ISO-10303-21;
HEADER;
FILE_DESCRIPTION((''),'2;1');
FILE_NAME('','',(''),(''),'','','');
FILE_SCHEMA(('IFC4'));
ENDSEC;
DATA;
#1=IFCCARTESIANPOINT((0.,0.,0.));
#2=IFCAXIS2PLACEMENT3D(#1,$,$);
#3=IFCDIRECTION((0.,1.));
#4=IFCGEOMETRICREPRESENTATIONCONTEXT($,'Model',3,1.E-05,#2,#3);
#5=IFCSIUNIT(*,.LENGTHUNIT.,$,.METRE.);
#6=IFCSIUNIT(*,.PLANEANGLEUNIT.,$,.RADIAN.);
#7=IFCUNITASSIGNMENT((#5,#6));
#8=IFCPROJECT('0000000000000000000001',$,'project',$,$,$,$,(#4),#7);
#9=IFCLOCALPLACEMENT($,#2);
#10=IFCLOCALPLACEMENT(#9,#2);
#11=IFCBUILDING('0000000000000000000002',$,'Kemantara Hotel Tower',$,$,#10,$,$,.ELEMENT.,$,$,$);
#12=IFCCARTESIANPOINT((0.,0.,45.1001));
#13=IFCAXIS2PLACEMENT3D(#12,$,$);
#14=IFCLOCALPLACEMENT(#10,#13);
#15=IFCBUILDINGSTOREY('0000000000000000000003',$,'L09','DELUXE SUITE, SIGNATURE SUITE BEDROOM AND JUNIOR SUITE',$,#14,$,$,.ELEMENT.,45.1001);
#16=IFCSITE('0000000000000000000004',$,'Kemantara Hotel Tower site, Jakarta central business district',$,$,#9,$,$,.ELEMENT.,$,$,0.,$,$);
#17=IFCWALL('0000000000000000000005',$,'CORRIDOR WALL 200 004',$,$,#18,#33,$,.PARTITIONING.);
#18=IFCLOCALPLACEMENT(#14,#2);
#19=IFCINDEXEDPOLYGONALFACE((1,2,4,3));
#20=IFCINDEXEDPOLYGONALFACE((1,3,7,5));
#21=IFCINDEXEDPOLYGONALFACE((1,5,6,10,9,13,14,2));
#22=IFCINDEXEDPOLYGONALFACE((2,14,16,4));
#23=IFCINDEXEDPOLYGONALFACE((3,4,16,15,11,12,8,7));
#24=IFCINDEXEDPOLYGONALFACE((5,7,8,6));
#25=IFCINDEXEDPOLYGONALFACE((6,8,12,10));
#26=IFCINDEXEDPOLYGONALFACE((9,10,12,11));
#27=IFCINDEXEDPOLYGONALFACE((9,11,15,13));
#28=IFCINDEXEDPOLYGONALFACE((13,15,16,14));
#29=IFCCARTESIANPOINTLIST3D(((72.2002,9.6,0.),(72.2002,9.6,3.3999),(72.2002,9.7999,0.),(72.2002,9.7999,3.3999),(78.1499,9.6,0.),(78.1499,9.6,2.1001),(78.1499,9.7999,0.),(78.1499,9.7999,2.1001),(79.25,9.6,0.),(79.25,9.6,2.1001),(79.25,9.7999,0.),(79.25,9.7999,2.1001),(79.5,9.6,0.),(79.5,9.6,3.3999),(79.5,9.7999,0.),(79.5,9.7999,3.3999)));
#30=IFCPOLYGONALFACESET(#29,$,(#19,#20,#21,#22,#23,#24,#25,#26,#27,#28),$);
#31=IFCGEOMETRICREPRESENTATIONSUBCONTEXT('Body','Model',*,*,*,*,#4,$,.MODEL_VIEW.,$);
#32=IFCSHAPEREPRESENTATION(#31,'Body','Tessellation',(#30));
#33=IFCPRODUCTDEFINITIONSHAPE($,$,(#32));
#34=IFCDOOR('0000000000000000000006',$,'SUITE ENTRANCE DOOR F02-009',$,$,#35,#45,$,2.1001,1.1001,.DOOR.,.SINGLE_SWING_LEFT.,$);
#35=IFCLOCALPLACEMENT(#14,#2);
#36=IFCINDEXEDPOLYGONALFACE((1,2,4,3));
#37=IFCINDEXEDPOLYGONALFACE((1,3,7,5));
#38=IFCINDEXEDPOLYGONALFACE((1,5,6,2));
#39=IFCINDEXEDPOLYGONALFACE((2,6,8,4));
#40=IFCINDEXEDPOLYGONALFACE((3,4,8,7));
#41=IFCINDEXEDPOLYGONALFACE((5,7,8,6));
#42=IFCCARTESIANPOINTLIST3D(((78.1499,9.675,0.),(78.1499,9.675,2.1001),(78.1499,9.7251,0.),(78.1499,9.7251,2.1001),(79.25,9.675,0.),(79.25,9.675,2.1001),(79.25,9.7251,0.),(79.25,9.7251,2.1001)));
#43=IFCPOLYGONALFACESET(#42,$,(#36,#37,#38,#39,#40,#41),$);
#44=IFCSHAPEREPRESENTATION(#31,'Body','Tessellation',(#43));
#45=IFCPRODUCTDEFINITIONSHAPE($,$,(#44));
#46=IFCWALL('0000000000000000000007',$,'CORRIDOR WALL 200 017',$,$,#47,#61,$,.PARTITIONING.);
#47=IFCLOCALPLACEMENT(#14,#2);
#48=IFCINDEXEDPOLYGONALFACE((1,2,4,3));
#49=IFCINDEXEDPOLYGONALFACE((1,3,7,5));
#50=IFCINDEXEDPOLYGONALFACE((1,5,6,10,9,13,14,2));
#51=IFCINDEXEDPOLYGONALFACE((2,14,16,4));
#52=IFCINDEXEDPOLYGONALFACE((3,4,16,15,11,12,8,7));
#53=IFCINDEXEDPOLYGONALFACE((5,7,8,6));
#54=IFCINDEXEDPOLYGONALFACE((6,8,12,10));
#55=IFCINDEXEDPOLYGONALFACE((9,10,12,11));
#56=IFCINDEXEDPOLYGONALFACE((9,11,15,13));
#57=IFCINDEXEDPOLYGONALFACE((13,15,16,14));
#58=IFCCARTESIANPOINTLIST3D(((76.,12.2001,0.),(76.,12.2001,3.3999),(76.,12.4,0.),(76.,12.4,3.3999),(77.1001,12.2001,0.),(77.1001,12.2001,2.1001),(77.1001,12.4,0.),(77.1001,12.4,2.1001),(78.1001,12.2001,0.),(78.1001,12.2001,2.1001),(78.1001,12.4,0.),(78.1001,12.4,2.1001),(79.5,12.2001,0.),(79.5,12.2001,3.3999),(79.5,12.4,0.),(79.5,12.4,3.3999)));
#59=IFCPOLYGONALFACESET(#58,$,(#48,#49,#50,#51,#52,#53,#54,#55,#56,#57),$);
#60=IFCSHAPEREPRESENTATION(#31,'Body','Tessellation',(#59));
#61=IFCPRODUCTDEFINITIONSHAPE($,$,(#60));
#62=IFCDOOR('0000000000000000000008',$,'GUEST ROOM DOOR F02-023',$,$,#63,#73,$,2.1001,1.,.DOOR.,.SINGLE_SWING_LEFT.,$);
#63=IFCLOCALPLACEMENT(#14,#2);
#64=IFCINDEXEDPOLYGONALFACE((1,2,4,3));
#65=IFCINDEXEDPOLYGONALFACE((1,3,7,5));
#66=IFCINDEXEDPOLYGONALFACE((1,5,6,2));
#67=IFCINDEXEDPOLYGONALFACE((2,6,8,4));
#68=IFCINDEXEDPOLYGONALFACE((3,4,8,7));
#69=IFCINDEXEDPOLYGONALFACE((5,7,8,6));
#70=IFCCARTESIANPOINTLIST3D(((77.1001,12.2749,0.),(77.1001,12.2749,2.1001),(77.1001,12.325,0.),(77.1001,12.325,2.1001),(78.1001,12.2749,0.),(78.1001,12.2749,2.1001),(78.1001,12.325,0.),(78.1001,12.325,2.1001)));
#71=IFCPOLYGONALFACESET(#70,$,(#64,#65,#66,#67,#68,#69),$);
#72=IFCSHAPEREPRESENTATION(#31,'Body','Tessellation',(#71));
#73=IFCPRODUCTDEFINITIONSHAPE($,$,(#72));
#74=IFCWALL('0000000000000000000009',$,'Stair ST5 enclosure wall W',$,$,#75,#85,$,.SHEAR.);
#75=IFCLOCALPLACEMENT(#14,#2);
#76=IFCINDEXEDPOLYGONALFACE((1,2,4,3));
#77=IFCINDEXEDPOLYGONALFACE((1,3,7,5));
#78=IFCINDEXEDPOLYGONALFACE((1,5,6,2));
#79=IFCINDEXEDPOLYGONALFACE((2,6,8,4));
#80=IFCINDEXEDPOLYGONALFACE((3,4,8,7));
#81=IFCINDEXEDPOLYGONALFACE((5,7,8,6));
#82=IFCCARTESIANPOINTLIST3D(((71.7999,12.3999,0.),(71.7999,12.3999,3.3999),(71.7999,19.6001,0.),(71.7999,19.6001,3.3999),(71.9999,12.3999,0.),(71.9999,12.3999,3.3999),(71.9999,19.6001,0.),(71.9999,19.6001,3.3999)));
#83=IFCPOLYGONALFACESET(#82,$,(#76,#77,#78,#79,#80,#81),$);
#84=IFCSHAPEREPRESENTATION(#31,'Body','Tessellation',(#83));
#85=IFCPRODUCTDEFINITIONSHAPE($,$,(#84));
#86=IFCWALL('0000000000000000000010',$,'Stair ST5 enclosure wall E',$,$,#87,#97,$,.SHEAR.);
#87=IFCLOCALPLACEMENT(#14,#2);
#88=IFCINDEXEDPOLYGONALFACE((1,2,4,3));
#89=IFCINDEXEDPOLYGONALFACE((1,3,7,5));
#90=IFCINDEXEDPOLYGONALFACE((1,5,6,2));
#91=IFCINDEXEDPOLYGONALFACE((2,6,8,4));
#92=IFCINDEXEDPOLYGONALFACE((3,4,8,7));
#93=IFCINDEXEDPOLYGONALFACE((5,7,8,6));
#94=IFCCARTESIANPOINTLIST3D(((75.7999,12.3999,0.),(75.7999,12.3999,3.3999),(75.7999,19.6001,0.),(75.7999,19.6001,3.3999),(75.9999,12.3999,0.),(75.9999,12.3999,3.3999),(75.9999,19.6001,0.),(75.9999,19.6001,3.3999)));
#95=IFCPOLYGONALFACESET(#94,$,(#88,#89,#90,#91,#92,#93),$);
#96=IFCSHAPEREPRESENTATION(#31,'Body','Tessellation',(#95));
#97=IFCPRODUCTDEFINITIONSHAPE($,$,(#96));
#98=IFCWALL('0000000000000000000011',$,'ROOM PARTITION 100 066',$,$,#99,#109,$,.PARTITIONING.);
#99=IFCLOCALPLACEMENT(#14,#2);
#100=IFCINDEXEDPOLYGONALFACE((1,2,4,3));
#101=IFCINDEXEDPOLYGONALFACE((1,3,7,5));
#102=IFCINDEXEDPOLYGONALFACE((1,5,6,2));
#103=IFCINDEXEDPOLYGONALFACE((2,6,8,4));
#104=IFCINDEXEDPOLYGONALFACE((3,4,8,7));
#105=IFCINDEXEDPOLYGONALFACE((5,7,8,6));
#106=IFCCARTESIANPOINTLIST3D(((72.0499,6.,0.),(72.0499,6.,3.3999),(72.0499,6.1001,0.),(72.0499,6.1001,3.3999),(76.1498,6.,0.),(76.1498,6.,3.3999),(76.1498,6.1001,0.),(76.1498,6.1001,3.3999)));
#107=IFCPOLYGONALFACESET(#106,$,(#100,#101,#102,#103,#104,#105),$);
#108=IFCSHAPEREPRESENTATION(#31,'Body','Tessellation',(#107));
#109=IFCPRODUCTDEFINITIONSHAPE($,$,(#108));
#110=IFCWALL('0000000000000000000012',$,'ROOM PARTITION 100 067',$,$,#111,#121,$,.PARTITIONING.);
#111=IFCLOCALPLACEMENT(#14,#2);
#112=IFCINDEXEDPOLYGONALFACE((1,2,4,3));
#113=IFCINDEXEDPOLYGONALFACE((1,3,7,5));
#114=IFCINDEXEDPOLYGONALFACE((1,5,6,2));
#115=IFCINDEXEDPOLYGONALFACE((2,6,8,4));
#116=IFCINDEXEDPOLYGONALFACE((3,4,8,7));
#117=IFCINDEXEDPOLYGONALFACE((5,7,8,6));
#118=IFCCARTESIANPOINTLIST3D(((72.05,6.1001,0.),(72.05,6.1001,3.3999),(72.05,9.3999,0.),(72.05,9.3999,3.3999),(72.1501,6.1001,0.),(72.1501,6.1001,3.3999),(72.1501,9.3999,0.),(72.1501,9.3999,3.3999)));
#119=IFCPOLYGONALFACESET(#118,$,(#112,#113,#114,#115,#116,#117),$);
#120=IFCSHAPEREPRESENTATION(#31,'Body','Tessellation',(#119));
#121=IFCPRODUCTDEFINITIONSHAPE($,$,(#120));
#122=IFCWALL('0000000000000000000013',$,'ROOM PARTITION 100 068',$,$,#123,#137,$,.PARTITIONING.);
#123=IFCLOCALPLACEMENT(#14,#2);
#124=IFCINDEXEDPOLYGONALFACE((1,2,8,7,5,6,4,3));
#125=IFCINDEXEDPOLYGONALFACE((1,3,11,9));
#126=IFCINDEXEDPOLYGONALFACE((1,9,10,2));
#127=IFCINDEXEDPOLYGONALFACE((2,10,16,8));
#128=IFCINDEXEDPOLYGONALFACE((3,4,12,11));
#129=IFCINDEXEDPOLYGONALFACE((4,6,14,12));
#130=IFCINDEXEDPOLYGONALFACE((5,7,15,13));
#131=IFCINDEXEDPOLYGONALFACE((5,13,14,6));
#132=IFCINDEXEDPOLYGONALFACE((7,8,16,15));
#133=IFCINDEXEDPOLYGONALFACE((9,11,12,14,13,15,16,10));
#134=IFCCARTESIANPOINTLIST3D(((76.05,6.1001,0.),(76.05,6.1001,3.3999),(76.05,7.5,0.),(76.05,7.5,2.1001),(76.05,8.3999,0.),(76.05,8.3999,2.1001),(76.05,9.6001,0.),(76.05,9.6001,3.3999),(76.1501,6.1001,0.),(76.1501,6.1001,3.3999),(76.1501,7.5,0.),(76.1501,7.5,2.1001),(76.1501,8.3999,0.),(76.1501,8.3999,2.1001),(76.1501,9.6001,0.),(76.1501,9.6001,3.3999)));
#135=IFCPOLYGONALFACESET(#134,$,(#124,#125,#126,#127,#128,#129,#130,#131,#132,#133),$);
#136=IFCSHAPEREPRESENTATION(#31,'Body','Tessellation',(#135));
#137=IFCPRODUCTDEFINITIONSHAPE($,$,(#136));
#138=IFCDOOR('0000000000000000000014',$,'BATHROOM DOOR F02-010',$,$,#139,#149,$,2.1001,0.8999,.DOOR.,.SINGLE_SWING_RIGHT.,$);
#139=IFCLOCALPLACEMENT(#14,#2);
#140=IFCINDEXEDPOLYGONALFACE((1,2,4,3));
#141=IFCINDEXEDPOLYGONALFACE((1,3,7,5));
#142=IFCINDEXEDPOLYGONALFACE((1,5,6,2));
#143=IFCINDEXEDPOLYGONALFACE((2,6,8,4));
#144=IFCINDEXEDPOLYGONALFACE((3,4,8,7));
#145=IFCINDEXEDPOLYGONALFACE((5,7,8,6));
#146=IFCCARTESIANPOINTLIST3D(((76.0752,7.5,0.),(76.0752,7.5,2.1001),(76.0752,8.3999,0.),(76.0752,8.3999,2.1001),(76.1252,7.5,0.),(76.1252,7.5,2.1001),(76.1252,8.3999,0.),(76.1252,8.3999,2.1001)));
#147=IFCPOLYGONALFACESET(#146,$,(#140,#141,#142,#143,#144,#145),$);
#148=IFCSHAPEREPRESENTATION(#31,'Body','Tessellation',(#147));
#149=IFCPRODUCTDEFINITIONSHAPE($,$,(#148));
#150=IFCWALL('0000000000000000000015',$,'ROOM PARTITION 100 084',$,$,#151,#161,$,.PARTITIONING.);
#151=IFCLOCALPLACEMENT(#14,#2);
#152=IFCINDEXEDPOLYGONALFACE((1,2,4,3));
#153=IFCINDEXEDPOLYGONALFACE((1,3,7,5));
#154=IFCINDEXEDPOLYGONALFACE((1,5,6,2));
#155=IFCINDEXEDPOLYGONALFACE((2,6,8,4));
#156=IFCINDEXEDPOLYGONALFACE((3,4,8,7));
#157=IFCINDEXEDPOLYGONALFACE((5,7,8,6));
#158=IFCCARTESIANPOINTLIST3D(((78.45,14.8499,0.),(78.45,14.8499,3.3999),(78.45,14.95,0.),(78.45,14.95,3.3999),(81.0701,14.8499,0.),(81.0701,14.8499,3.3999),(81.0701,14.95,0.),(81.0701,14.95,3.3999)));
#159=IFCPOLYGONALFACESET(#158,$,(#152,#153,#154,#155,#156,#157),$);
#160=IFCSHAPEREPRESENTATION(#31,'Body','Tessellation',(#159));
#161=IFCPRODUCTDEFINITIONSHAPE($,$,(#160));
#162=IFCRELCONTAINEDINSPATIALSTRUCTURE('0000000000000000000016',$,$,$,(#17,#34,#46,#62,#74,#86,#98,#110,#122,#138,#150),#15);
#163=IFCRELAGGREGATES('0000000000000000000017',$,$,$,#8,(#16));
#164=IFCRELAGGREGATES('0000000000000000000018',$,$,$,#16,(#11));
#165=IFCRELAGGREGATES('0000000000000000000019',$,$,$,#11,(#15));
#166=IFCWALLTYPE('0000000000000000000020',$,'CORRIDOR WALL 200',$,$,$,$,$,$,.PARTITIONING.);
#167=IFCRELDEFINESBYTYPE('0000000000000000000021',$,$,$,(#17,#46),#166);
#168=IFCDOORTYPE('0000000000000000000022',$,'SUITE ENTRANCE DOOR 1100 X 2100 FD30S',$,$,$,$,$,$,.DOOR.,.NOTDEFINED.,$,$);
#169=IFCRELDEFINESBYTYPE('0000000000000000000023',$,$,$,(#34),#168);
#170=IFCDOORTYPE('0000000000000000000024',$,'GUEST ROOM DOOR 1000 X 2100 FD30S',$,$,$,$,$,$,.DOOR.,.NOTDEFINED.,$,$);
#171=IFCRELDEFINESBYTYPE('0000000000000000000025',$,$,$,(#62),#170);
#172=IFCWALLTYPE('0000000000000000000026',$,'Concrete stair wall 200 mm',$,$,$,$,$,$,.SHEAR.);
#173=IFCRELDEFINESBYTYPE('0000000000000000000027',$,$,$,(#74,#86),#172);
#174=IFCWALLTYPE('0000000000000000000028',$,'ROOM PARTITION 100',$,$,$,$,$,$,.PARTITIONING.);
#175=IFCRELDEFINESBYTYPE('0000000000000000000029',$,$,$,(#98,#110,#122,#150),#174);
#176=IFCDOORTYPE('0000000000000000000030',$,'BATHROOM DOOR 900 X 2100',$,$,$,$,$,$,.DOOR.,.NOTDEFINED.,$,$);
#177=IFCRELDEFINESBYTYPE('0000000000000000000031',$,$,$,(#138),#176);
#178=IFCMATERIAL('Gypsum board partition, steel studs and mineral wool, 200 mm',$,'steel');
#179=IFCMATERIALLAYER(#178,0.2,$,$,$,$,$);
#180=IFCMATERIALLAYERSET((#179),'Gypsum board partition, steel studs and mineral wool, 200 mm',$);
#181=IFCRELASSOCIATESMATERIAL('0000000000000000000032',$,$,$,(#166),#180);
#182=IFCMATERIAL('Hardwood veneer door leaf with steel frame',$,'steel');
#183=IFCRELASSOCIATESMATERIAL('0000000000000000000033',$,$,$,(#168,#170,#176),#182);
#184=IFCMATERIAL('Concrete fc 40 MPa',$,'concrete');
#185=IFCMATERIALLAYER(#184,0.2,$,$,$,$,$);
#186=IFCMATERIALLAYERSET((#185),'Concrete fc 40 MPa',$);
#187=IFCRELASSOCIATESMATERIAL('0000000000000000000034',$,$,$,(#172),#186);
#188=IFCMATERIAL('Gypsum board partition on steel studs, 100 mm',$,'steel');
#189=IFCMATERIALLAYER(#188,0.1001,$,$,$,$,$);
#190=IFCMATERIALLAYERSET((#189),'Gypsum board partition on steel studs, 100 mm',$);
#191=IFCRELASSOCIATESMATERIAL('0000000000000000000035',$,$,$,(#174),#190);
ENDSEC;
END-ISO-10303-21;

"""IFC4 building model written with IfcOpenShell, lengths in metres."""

from ifc_helpers import new_model, si_unit, direction, frame, frame_2d, origin, place, context, subcontext, project, spatial, rectangle, extrude, material, layer, layer_set, type_object, element, fill, save


model = new_model("IFC4")

# Units and contexts
model_context = context("Model", 3, precision=1e-05, world=origin(), true_north=direction((0.0, 1.0)))
body_context = subcontext(model_context, "Body", "Model", "MODEL_VIEW")
ifc_project = project(units=[si_unit("LENGTHUNIT", "METRE"), si_unit("PLANEANGLEUNIT", "RADIAN")], contexts=[model_context])

# Site, building, storey
site_placement = place(None, origin())
site = spatial("IfcSite", under=ifc_project, at=site_placement, Name="Kemantara Hotel Tower site, Jakarta central business district", CompositionType="ELEMENT", RefElevation=0.0)
building_placement = place(site_placement, origin())
building = spatial("IfcBuilding", under=site, at=building_placement, Name="Kemantara Hotel Tower", CompositionType="ELEMENT")
storey_placement = place(building_placement, frame((0.0, 0.0, 45.1001)))
storey = spatial("IfcBuildingStorey", under=building, at=storey_placement, Name="L09", Description="DELUXE SUITE, SIGNATURE SUITE BEDROOM AND JUNIOR SUITE", CompositionType="ELEMENT", Elevation=45.1001)

# Walls, openings, doors
ifc_material_1 = material(Name="Gypsum board partition, steel studs and mineral wool, 200 mm", Category="steel")
ifc_layer_1 = layer(ifc_material_1, 0.2)
ifc_layer_set_1 = layer_set([ifc_layer_1], Name="Gypsum board partition, steel studs and mineral wool, 200 mm")
wall_type_1 = type_object("IfcWallType", Name="CORRIDOR WALL 200", PredefinedType="PARTITIONING", material=ifc_layer_set_1)
wall_1_placement = place(storey_placement, frame((79.5, 9.7, 0.0), z_axis=(0.0, 0.0, 1.0), x_axis=(-1.0, 0.0, 0.0)))
wall_1 = element("IfcWall", 1, at=wall_1_placement, inside=storey, type_object=wall_type_1, Name="CORRIDOR WALL 200 004", PredefinedType="PARTITIONING", context=body_context, shape_type="SweptSolid", body=[
    extrude(rectangle(XDim=7.2998, YDim=0.2, at=frame_2d((3.6499, 0.0))), origin(), (0.0, 0.0, 1.0), 3.3999),
])
opening_1_placement = place(wall_1_placement, frame((0.25, 0.0, 0.0)))
opening_1 = element("IfcOpeningElement", 2, at=opening_1_placement, cuts=wall_1, PredefinedType="OPENING", context=body_context, shape_type="SweptSolid", body=[
    extrude(rectangle(XDim=1.1001, YDim=2.1001, at=frame_2d((0.55, 1.05))), frame((0.0, 0.1099, 0.0), z_axis=(0.0, -1.0, 0.0), x_axis=(1.0, 0.0, 0.0)), (0.0, 0.0, 1.0), 0.22),
])
ifc_material_2 = material(Name="Hardwood veneer door leaf with steel frame", Category="steel")
door_type_1 = type_object("IfcDoorType", Name="SUITE ENTRANCE DOOR 1100 X 2100 FD30S", OperationType="NOTDEFINED", PredefinedType="DOOR", material=ifc_material_2)
door_1_placement = place(opening_1_placement, origin())
door_1 = element("IfcDoor", 3, at=door_1_placement, inside=storey, type_object=door_type_1, Name="SUITE ENTRANCE DOOR F02-009", OperationType="SINGLE_SWING_LEFT", OverallHeight=2.1001, OverallWidth=1.1001, PredefinedType="DOOR", context=body_context, shape_type="SweptSolid", body=[
    extrude(rectangle(XDim=1.1001, YDim=2.1001, at=frame_2d((0.55, 1.05))), frame((0.0, 0.0249, 0.0), z_axis=(0.0, -1.0, 0.0), x_axis=(1.0, 0.0, 0.0)), (0.0, 0.0, 1.0), 0.05),
])
fill(opening_1, door_1)
wall_2_placement = place(storey_placement, frame((76.0, 12.3, 0.0), z_axis=(0.0, 0.0, 1.0), x_axis=(1.0, 0.0, 0.0)))
wall_2 = element("IfcWall", 4, at=wall_2_placement, inside=storey, type_object=wall_type_1, Name="CORRIDOR WALL 200 017", PredefinedType="PARTITIONING", context=body_context, shape_type="SweptSolid", body=[
    extrude(rectangle(XDim=3.5, YDim=0.2, at=frame_2d((1.75, 0.0))), origin(), (0.0, 0.0, 1.0), 3.3999),
])
opening_2_placement = place(wall_2_placement, frame((1.1001, 0.0, 0.0)))
opening_2 = element("IfcOpeningElement", 5, at=opening_2_placement, cuts=wall_2, PredefinedType="OPENING", context=body_context, shape_type="SweptSolid", body=[
    extrude(rectangle(XDim=1.0, YDim=2.1001, at=frame_2d((0.5, 1.05))), frame((0.0, 0.1099, 0.0), z_axis=(0.0, -1.0, 0.0), x_axis=(1.0, 0.0, 0.0)), (0.0, 0.0, 1.0), 0.22),
])
door_type_2 = type_object("IfcDoorType", Name="GUEST ROOM DOOR 1000 X 2100 FD30S", OperationType="NOTDEFINED", PredefinedType="DOOR", material=ifc_material_2)
door_2_placement = place(opening_2_placement, origin())
door_2 = element("IfcDoor", 6, at=door_2_placement, inside=storey, type_object=door_type_2, Name="GUEST ROOM DOOR F02-023", OperationType="SINGLE_SWING_LEFT", OverallHeight=2.1001, OverallWidth=1.0, PredefinedType="DOOR", context=body_context, shape_type="SweptSolid", body=[
    extrude(rectangle(XDim=1.0, YDim=2.1001, at=frame_2d((0.5, 1.05))), frame((0.0, 0.0249, 0.0), z_axis=(0.0, -1.0, 0.0), x_axis=(1.0, 0.0, 0.0)), (0.0, 0.0, 1.0), 0.05),
])
fill(opening_2, door_2)

# Walls
ifc_material_3 = material(Name="Concrete fc 40 MPa", Category="concrete")
ifc_layer_2 = layer(ifc_material_3, 0.2)
ifc_layer_set_2 = layer_set([ifc_layer_2], Name="Concrete fc 40 MPa")
wall_type_2 = type_object("IfcWallType", Name="Concrete stair wall 200 mm", PredefinedType="SHEAR", material=ifc_layer_set_2)
for number, where, z_axis, x_axis, name in (
    (7, (71.8999, 12.3999, 0.0), (0.0, 0.0, 1.0), (0.0, 1.0, 0.0), "Stair ST5 enclosure wall W"),
    (8, (75.8999, 12.3999, 0.0), (0.0, 0.0, 1.0), (0.0, 1.0, 0.0), "Stair ST5 enclosure wall E"),
):
    element("IfcWall", number, at=place(storey_placement, frame(where, z_axis=z_axis, x_axis=x_axis)), inside=storey, type_object=wall_type_2, Name=name, PredefinedType="SHEAR", context=body_context, shape_type="SweptSolid", body=[
        extrude(rectangle(XDim=7.2002, YDim=0.2, at=frame_2d((3.6001, 0.0))), origin(), (0.0, 0.0, 1.0), 3.3999),
    ])
ifc_material_4 = material(Name="Gypsum board partition on steel studs, 100 mm", Category="steel")
ifc_layer_3 = layer(ifc_material_4, 0.1001)
ifc_layer_set_3 = layer_set([ifc_layer_3], Name="Gypsum board partition on steel studs, 100 mm")
wall_type_3 = type_object("IfcWallType", Name="ROOM PARTITION 100", PredefinedType="PARTITIONING", material=ifc_layer_set_3)
wall_3_placement = place(storey_placement, frame((72.05, 6.05, 0.0), z_axis=(0.0, 0.0, 1.0), x_axis=(1.0, 0.0, 0.0)))
element("IfcWall", 9, at=wall_3_placement, inside=storey, type_object=wall_type_3, Name="ROOM PARTITION 100 066", PredefinedType="PARTITIONING", context=body_context, shape_type="SweptSolid", body=[
    extrude(rectangle(XDim=4.0999, YDim=0.1001, at=frame_2d((2.0498, 0.0))), origin(), (0.0, 0.0, 1.0), 3.3999),
])
wall_4_placement = place(storey_placement, frame((72.1001, 6.1001, 0.0), z_axis=(0.0, 0.0, 1.0), x_axis=(0.0, 1.0, 0.0)))
element("IfcWall", 10, at=wall_4_placement, inside=storey, type_object=wall_type_3, Name="ROOM PARTITION 100 067", PredefinedType="PARTITIONING", context=body_context, shape_type="SweptSolid", body=[
    extrude(rectangle(XDim=3.2998, YDim=0.1001, at=frame_2d((1.6499, 0.0))), origin(), (0.0, 0.0, 1.0), 3.3999),
])

# Wall, opening, door
wall_5_placement = place(storey_placement, frame((76.1001, 6.1001, 0.0), z_axis=(0.0, 0.0, 1.0), x_axis=(0.0, 1.0, 0.0)))
wall_5 = element("IfcWall", 11, at=wall_5_placement, inside=storey, type_object=wall_type_3, Name="ROOM PARTITION 100 068", PredefinedType="PARTITIONING", context=body_context, shape_type="SweptSolid", body=[
    extrude(rectangle(XDim=3.5, YDim=0.1001, at=frame_2d((1.75, 0.0))), origin(), (0.0, 0.0, 1.0), 3.3999),
])
opening_3_placement = place(wall_5_placement, frame((1.3999, 0.0, 0.0)))
opening_3 = element("IfcOpeningElement", 12, at=opening_3_placement, cuts=wall_5, PredefinedType="OPENING", context=body_context, shape_type="SweptSolid", body=[
    extrude(rectangle(XDim=0.8999, YDim=2.1001, at=frame_2d((0.45, 1.05))), frame((0.0, 0.0601, 0.0), z_axis=(0.0, -1.0, 0.0), x_axis=(1.0, 0.0, 0.0)), (0.0, 0.0, 1.0), 0.1201),
])
door_type_3 = type_object("IfcDoorType", Name="BATHROOM DOOR 900 X 2100", OperationType="NOTDEFINED", PredefinedType="DOOR", material=ifc_material_2)
door_3_placement = place(opening_3_placement, origin())
door_3 = element("IfcDoor", 13, at=door_3_placement, inside=storey, type_object=door_type_3, Name="BATHROOM DOOR F02-010", OperationType="SINGLE_SWING_RIGHT", OverallHeight=2.1001, OverallWidth=0.8999, PredefinedType="DOOR", context=body_context, shape_type="SweptSolid", body=[
    extrude(rectangle(XDim=0.8999, YDim=2.1001, at=frame_2d((0.45, 1.05))), frame((0.0, 0.0249, 0.0), z_axis=(0.0, -1.0, 0.0), x_axis=(1.0, 0.0, 0.0)), (0.0, 0.0, 1.0), 0.05),
])
fill(opening_3, door_3)

# Wall
wall_6_placement = place(storey_placement, frame((78.45, 14.8999, 0.0), z_axis=(0.0, 0.0, 1.0), x_axis=(1.0, 0.0, 0.0)))
element("IfcWall", 14, at=wall_6_placement, inside=storey, type_object=wall_type_3, Name="ROOM PARTITION 100 084", PredefinedType="PARTITIONING", context=body_context, shape_type="SweptSolid", body=[
    extrude(rectangle(XDim=2.6201, YDim=0.1001, at=frame_2d((1.3101, 0.0))), origin(), (0.0, 0.0, 1.0), 3.3999),
])

save(model, "model.ifc")
